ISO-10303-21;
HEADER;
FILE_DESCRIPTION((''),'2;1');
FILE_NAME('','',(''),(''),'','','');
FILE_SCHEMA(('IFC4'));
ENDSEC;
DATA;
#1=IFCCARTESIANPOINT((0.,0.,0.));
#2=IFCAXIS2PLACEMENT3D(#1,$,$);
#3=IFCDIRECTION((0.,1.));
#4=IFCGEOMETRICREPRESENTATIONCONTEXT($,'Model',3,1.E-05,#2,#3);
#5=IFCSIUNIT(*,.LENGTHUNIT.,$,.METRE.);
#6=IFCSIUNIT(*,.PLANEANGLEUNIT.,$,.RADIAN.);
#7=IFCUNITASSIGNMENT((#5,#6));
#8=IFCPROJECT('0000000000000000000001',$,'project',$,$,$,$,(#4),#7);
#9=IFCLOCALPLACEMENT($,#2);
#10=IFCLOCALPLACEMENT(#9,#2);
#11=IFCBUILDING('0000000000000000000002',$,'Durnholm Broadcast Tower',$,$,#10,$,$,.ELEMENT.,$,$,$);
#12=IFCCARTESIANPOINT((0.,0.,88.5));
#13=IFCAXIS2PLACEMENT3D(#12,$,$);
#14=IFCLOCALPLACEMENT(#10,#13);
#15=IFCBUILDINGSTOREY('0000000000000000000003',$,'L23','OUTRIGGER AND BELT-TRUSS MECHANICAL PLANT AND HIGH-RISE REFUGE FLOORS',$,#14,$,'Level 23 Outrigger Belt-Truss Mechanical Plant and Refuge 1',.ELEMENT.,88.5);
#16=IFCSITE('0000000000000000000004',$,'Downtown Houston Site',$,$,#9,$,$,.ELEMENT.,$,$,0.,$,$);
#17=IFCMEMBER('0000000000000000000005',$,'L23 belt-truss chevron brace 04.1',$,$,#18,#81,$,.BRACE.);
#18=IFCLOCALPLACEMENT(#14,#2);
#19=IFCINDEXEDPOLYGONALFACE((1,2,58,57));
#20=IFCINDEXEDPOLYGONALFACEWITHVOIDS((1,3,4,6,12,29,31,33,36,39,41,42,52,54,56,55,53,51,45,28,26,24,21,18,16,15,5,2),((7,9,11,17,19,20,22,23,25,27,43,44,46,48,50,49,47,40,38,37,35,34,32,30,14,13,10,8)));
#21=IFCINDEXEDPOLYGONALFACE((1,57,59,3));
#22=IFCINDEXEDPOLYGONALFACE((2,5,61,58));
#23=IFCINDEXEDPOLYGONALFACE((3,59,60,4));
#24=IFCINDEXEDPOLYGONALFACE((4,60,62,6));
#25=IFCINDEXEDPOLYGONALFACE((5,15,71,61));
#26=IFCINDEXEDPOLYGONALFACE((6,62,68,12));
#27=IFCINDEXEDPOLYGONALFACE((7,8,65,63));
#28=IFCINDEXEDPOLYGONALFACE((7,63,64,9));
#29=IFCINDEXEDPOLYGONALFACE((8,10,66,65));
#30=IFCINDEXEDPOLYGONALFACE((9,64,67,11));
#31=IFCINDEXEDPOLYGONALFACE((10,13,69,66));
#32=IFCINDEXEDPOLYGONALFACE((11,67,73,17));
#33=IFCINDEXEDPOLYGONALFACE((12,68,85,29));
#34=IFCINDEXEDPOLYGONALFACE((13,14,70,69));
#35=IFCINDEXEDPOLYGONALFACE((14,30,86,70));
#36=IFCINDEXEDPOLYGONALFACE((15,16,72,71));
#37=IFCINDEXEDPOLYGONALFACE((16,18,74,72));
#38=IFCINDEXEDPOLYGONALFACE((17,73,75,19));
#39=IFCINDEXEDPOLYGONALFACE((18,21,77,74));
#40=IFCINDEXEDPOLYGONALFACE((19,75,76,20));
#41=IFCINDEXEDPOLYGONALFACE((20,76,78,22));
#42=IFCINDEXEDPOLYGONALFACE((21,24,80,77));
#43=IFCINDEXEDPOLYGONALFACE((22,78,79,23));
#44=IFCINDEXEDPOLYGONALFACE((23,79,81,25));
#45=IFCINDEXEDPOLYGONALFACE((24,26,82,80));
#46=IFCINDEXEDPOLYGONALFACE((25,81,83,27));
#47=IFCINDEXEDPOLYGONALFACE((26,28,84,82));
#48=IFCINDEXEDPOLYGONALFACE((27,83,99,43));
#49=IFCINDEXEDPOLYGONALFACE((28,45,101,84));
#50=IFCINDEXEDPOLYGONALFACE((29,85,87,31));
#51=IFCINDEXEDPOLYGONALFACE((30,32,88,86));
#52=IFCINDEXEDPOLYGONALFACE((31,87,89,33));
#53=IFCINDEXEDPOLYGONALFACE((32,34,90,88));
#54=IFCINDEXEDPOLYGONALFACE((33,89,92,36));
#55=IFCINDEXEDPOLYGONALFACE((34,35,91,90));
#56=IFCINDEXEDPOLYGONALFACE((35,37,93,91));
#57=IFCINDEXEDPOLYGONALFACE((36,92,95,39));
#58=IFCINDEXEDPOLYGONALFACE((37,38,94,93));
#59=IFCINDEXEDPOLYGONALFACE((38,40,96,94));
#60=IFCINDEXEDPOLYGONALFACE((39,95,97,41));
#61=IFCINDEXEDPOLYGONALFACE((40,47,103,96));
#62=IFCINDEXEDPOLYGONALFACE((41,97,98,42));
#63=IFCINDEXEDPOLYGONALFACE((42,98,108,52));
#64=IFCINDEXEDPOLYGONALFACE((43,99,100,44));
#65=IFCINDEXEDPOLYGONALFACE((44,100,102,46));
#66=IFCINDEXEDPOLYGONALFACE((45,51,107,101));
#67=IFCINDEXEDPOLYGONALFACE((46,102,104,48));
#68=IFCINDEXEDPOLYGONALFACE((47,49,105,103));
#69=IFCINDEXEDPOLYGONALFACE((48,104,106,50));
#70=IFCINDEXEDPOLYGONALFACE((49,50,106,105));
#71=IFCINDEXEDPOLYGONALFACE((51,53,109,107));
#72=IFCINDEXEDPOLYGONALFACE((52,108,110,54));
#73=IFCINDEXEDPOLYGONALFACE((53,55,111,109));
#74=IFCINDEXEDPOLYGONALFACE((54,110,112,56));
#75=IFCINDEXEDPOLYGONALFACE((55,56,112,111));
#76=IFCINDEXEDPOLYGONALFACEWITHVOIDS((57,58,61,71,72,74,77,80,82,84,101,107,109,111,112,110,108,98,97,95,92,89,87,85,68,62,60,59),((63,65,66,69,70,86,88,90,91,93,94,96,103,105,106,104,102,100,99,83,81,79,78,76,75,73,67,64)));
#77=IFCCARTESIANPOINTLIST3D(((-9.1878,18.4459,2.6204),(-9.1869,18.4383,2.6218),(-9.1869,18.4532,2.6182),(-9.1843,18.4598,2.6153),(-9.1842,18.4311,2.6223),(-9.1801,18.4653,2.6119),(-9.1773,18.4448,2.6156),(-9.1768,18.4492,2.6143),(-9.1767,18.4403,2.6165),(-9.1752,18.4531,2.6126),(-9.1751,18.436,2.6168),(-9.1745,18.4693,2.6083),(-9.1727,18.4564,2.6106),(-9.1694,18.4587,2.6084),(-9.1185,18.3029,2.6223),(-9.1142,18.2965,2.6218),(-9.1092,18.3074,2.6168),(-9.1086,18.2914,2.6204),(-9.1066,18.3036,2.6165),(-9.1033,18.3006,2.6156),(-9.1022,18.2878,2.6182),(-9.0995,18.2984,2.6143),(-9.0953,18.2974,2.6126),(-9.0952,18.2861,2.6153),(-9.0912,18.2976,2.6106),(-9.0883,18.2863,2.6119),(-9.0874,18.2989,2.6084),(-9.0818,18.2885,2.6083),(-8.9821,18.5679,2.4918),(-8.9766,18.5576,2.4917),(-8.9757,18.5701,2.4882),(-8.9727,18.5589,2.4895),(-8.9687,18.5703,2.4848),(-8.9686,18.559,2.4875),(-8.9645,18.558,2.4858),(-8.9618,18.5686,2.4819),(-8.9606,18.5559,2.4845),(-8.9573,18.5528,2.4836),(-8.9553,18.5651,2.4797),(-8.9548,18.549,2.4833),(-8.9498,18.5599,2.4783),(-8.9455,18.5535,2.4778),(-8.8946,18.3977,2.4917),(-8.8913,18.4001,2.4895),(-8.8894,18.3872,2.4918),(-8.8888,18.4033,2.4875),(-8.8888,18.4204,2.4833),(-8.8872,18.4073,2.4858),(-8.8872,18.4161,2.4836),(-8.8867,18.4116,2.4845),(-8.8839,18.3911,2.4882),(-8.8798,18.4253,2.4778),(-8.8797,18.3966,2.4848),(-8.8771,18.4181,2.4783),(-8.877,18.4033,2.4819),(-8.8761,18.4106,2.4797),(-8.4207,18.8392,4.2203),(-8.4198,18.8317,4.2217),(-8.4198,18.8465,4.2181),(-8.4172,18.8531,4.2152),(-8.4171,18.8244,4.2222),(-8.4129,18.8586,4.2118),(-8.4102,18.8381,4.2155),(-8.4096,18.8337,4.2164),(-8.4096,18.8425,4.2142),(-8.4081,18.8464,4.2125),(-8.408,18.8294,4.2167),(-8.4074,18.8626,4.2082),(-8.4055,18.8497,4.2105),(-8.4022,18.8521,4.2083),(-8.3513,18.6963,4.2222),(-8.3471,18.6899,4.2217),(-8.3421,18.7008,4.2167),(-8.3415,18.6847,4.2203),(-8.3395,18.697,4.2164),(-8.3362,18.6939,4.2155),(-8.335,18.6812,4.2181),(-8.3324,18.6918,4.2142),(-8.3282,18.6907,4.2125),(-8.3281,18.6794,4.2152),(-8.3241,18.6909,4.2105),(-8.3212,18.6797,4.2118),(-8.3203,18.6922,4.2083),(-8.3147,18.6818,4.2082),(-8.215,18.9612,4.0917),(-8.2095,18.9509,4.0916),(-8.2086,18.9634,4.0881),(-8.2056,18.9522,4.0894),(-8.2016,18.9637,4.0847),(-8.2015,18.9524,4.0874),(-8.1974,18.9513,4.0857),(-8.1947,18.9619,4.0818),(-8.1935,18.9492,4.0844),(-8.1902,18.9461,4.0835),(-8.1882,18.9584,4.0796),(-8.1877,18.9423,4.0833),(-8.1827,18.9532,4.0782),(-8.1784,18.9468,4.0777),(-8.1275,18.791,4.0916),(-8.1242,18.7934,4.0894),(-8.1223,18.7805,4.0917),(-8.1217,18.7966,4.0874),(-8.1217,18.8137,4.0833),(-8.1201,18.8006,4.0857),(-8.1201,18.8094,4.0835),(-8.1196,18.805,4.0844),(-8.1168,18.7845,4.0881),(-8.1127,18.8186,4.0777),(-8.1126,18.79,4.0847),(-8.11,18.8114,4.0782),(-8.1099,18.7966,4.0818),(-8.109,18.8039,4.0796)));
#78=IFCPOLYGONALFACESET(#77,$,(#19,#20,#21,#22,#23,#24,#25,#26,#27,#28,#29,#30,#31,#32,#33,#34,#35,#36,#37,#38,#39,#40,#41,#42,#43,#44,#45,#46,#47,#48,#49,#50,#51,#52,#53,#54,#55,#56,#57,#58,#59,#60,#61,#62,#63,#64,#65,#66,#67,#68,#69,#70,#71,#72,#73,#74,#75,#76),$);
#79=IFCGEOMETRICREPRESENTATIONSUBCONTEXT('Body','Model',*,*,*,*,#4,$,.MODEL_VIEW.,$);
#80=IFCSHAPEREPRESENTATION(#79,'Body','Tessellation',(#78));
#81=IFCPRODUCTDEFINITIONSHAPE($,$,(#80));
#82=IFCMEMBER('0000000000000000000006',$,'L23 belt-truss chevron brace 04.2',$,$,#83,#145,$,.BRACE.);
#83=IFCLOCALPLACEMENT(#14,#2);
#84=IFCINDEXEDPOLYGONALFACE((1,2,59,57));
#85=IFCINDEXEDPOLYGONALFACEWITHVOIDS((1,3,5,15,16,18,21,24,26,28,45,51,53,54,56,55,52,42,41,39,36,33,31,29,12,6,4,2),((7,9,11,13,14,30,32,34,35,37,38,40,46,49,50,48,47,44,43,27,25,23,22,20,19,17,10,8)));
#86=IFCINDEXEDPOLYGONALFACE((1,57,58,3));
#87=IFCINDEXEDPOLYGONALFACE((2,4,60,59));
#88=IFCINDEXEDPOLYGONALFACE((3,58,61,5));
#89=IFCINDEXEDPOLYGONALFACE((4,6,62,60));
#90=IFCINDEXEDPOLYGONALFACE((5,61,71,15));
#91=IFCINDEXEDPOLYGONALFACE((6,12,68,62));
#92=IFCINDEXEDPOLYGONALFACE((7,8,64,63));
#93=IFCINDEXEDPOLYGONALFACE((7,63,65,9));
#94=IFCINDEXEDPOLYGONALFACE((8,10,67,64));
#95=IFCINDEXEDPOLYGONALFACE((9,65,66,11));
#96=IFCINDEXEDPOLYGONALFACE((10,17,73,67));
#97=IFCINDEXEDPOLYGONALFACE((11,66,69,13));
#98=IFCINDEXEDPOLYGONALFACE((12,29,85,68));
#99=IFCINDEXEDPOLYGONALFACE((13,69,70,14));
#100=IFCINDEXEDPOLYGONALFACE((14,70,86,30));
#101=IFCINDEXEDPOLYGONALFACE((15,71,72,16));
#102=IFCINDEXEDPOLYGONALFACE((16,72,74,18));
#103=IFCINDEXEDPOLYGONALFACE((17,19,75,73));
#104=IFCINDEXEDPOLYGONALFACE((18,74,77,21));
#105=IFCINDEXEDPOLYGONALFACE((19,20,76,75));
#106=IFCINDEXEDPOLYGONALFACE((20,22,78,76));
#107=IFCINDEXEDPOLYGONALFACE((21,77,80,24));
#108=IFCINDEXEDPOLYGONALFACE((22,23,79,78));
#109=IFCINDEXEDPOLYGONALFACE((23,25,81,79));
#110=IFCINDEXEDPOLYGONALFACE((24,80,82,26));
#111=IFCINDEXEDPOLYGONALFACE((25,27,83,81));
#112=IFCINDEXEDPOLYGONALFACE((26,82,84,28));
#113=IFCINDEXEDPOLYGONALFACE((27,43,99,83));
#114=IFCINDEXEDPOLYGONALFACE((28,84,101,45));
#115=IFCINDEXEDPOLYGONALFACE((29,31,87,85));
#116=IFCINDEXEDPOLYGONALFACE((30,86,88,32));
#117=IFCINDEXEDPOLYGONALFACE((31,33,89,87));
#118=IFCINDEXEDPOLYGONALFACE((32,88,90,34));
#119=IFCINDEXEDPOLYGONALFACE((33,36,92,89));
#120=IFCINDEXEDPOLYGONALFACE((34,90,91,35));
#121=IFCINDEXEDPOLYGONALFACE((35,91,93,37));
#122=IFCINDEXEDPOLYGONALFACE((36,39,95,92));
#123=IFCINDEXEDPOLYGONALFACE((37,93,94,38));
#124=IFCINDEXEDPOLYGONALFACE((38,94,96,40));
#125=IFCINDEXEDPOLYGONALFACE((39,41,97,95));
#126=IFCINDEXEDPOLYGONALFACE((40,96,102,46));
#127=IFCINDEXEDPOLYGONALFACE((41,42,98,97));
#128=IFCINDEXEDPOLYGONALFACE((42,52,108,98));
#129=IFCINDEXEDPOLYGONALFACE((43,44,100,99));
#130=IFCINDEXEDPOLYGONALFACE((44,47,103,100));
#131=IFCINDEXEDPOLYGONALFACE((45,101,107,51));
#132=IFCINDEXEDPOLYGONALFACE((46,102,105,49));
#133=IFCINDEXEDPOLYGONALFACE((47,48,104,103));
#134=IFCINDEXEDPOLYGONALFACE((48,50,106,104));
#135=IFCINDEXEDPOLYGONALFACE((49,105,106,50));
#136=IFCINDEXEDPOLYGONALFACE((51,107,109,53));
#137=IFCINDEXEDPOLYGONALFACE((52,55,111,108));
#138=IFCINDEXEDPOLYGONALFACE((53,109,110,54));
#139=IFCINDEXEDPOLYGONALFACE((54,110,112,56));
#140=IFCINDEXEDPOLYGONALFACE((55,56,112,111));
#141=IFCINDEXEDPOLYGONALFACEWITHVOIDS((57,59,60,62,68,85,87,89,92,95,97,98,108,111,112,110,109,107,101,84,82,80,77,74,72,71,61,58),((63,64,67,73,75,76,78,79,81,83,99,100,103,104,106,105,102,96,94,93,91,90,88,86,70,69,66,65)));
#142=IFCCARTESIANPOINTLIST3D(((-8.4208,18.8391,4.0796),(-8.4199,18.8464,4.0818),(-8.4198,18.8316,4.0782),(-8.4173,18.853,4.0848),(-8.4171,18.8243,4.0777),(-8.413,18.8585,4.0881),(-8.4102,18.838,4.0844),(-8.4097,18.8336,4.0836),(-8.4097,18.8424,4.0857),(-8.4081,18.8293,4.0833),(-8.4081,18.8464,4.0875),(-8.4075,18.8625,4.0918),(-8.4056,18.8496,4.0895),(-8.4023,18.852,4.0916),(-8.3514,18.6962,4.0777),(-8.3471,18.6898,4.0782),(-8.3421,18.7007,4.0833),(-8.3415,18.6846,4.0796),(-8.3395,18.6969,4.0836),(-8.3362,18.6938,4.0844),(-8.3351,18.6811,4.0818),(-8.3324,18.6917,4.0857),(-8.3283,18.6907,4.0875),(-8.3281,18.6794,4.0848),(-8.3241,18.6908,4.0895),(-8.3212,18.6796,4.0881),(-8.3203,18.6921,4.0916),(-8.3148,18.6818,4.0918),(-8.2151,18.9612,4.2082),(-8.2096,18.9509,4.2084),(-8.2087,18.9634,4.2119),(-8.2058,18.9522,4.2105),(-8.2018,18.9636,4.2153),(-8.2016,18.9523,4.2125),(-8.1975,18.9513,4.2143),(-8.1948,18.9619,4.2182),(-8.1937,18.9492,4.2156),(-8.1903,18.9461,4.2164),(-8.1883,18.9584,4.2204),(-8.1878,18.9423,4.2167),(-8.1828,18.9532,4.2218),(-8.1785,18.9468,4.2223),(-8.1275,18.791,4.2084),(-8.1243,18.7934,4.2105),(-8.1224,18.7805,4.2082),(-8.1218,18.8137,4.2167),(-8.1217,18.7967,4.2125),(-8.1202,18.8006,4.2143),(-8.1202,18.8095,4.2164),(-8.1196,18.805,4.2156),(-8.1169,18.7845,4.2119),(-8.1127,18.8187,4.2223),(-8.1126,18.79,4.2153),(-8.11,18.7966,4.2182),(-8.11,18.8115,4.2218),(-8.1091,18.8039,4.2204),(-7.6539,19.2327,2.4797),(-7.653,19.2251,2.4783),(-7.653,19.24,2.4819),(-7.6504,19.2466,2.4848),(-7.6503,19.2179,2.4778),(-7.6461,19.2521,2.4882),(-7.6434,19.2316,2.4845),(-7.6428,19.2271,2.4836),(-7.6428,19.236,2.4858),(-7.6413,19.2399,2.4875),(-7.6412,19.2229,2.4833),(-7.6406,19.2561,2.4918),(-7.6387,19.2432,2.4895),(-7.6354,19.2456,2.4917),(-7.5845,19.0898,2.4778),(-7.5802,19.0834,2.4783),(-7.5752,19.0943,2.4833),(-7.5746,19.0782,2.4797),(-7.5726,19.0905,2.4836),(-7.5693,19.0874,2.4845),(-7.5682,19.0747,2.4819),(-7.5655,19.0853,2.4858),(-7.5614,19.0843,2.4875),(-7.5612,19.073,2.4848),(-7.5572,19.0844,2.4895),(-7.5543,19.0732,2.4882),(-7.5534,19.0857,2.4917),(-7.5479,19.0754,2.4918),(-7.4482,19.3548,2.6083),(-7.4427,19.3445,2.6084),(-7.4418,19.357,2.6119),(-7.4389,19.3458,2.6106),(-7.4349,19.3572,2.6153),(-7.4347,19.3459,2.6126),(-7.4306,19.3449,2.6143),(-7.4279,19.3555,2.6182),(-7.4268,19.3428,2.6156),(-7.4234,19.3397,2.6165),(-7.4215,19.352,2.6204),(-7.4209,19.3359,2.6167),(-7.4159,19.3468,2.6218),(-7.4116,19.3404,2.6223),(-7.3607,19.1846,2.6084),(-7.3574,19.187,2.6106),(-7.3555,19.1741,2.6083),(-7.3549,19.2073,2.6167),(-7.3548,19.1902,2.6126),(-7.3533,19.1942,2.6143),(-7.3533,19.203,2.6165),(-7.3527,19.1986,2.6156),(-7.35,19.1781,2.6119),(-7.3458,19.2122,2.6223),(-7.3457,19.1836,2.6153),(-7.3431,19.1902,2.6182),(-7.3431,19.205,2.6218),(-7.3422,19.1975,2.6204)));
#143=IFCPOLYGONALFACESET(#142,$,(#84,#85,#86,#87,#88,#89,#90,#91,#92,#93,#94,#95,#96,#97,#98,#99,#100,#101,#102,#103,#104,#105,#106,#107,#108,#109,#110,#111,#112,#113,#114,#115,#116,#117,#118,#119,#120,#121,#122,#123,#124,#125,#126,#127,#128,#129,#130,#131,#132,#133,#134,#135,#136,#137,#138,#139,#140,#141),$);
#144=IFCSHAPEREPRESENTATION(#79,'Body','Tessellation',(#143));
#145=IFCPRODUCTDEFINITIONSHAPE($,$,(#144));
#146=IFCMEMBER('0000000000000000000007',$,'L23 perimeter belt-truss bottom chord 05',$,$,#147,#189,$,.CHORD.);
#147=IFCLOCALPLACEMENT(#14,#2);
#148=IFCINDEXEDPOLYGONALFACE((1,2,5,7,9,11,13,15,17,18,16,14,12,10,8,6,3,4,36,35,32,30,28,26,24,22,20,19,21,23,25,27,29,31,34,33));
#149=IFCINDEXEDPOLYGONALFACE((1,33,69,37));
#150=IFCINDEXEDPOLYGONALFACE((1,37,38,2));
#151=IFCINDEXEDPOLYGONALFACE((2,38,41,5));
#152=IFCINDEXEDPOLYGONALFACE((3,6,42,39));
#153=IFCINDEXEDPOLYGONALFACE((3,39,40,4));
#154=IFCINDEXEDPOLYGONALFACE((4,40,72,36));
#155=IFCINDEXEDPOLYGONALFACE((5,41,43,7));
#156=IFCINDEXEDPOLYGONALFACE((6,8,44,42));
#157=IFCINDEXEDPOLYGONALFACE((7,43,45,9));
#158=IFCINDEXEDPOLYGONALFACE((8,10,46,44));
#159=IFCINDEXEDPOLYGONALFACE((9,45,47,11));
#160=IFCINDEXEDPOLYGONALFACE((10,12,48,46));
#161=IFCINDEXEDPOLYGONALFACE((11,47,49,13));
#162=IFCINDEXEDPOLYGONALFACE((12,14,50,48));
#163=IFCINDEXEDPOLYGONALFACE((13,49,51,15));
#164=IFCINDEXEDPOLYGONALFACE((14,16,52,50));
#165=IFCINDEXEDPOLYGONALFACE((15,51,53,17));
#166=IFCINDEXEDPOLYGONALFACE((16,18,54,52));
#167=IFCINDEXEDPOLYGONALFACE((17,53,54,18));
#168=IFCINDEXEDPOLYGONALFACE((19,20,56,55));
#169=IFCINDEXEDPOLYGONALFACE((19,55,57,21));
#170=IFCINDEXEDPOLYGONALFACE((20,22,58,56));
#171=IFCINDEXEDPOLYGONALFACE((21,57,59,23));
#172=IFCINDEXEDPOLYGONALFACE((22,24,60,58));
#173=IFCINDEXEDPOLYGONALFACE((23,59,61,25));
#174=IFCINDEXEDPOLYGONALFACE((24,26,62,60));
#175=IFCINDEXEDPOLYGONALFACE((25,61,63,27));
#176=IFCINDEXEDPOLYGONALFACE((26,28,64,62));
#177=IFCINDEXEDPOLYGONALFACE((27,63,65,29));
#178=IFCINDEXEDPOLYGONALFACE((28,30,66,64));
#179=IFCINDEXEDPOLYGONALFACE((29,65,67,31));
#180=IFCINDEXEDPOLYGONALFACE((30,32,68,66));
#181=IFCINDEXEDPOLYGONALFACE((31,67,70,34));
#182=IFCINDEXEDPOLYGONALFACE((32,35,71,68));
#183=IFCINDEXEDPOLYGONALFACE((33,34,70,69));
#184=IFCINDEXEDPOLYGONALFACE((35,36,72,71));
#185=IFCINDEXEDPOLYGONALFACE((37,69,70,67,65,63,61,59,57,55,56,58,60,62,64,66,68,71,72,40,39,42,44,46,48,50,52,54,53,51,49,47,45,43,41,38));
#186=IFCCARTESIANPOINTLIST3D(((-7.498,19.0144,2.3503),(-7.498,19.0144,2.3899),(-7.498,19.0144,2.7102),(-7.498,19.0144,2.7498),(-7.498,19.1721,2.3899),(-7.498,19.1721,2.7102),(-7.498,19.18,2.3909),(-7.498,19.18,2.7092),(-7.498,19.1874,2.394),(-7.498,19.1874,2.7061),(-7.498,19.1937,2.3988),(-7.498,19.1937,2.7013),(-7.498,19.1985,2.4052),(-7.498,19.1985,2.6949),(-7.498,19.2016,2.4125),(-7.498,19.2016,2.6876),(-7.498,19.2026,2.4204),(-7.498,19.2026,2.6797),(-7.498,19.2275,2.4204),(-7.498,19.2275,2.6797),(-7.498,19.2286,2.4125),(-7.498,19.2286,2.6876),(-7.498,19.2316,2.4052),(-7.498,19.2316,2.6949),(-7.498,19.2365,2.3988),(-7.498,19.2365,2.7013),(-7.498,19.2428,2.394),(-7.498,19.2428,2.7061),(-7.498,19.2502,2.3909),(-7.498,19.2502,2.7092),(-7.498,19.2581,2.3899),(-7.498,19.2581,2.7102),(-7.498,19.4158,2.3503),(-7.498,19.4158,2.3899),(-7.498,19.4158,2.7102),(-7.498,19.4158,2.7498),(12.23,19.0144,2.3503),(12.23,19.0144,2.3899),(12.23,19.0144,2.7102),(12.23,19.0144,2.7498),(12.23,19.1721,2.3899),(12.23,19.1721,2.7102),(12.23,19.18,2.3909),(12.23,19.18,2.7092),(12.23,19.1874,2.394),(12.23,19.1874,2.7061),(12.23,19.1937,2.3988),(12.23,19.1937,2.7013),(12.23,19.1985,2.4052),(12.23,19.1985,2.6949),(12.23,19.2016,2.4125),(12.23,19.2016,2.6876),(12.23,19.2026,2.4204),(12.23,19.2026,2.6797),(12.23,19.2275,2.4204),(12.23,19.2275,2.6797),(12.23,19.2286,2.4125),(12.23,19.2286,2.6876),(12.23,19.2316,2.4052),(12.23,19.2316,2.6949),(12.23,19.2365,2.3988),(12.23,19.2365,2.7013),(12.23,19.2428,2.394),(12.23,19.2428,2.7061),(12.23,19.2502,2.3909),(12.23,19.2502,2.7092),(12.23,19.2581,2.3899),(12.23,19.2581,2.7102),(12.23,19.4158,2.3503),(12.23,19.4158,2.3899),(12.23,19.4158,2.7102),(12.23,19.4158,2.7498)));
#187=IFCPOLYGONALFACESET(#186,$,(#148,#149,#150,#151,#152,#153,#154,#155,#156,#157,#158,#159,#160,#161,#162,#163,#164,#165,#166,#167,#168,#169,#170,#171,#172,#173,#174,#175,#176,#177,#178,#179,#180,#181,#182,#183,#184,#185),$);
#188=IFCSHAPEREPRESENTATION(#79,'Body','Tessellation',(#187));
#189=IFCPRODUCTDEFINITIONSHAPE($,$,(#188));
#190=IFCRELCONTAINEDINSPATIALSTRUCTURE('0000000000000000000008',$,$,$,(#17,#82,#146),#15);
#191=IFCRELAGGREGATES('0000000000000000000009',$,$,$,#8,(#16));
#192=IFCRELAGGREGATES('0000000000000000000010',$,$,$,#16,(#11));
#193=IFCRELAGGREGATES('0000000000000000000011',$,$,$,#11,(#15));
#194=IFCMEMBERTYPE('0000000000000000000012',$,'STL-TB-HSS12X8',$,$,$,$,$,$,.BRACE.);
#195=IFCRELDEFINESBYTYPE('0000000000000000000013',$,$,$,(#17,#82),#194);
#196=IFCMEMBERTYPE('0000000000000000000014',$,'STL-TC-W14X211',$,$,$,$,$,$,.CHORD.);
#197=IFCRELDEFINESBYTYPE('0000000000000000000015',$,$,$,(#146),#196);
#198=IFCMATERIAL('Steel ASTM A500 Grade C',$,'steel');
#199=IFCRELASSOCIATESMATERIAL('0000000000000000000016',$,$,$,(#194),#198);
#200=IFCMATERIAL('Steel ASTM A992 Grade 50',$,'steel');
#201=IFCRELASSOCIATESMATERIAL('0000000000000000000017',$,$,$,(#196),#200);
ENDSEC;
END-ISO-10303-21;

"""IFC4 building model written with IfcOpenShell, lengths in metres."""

from ifc_helpers import new_model, si_unit, direction, frame, origin, origin_2d, place, context, subcontext, project, spatial, hollow_rectangle, i_section, extrude, source, transform, mapped, material, material_profile, profile_set, type_object, type_shapes, element, save


model = new_model("IFC4")

# Units and contexts
model_context = context("Model", 3, precision=1e-05, world=origin(), true_north=direction((0.0, 1.0)))
body_context = subcontext(model_context, "Body", "Model", "MODEL_VIEW")
ifc_project = project(units=[si_unit("LENGTHUNIT", "METRE"), si_unit("PLANEANGLEUNIT", "RADIAN")], contexts=[model_context])

# Site, building, storey
site_placement = place(None, origin())
site = spatial("IfcSite", under=ifc_project, at=site_placement, Name="Downtown Houston Site", CompositionType="ELEMENT", RefElevation=0.0)
building_placement = place(site_placement, origin())
building = spatial("IfcBuilding", under=site, at=building_placement, Name="Durnholm Broadcast Tower", CompositionType="ELEMENT")
storey_placement = place(building_placement, frame((0.0, 0.0, 88.5)))
storey = spatial("IfcBuildingStorey", under=building, at=storey_placement, Name="L23", Description="OUTRIGGER AND BELT-TRUSS MECHANICAL PLANT AND HIGH-RISE REFUGE FLOORS", LongName="Level 23 Outrigger Belt-Truss Mechanical Plant and Refuge 1", CompositionType="ELEMENT", Elevation=88.5)

# Shared definitions
ifc_material_1 = material(Name="Steel ASTM A992 Grade 50", Category="steel")

# Members
ifc_material_2 = material(Name="Steel ASTM A500 Grade C", Category="steel")
ifc_material_profile_1 = material_profile(ifc_material_2, hollow_rectangle(XDim=0.2031, YDim=0.3047, WallThickness=0.0117, InnerFilletRadius=0.0176, OuterFilletRadius=0.0295, at=origin_2d()), Name="HSS12X8X1/2")
ifc_profile_set_1 = profile_set([ifc_material_profile_1], Name="Steel ASTM A500 Grade C")
member_type_1 = type_object("IfcMemberType", Name="STL-TB-HSS12X8", PredefinedType="BRACE", material=ifc_profile_set_1)
shared_shape_1 = source(origin(), body_context, "Body", "SweptSolid", [
    extrude(hollow_rectangle(XDim=0.2031, YDim=0.3047, WallThickness=0.0117, InnerFilletRadius=0.0176, OuterFilletRadius=0.0295, at=origin_2d()), origin(), (0.0, 0.0, 1.0), 1.8174),
])
type_shapes(member_type_1, [shared_shape_1])
for number, where, z_axis, x_axis, name in (
    (1, (-9.032, 18.4282, 2.55), (0.4221, 0.216423, 0.880337), (-0.456253, 0.88985, 0.0), "L23 belt-truss chevron brace 04.1"),
    (2, (-7.498, 19.2151, 2.55), (-0.421977, -0.216564, 0.880361), (0.456593, -0.889676, 0.0), "L23 belt-truss chevron brace 04.2"),
):
    element("IfcMember", number, at=place(storey_placement, frame(where, z_axis=z_axis, x_axis=x_axis)), inside=storey, type_object=member_type_1, Name=name, PredefinedType="BRACE", context=body_context, shape_type="MappedRepresentation", body=[
        mapped(shared_shape_1, transform((0.0, 0.0, 0.0), x_axis=(1.0, 0.0, 0.0), y_axis=(0.0, 1.0, 0.0), z_axis=(0.0, 0.0, 1.0), scale=1.0)),
    ])
ifc_material_profile_2 = material_profile(ifc_material_1, i_section(OverallWidth=0.4014, OverallDepth=0.3994, WebThickness=0.0249, FlangeThickness=0.0396, FilletRadius=0.0305, at=origin_2d()), Name="W14X211")
ifc_profile_set_2 = profile_set([ifc_material_profile_2], Name="Steel ASTM A992 Grade 50")
member_type_2 = type_object("IfcMemberType", Name="STL-TC-W14X211", PredefinedType="CHORD", material=ifc_profile_set_2)
shared_shape_2 = source(origin(), body_context, "Body", "SweptSolid", [
    extrude(i_section(OverallWidth=0.4014, OverallDepth=0.3994, WebThickness=0.0249, FlangeThickness=0.0396, FilletRadius=0.0305, at=origin_2d()), origin(), (0.0, 0.0, 1.0), 19.728),
])
type_shapes(member_type_2, [shared_shape_2])
member_1_placement = place(storey_placement, frame((-7.498, 19.2151, 2.55), z_axis=(1.0, 0.0, 0.0), x_axis=(0.0, 1.0, 0.0)))
element("IfcMember", 3, at=member_1_placement, inside=storey, type_object=member_type_2, Name="L23 perimeter belt-truss bottom chord 05", PredefinedType="CHORD", context=body_context, shape_type="MappedRepresentation", body=[
    mapped(shared_shape_2, transform((0.0, 0.0, 0.0), x_axis=(1.0, 0.0, 0.0), y_axis=(0.0, 1.0, 0.0), z_axis=(0.0, 0.0, 1.0), scale=1.0)),
])

save(model, "model.ifc")
